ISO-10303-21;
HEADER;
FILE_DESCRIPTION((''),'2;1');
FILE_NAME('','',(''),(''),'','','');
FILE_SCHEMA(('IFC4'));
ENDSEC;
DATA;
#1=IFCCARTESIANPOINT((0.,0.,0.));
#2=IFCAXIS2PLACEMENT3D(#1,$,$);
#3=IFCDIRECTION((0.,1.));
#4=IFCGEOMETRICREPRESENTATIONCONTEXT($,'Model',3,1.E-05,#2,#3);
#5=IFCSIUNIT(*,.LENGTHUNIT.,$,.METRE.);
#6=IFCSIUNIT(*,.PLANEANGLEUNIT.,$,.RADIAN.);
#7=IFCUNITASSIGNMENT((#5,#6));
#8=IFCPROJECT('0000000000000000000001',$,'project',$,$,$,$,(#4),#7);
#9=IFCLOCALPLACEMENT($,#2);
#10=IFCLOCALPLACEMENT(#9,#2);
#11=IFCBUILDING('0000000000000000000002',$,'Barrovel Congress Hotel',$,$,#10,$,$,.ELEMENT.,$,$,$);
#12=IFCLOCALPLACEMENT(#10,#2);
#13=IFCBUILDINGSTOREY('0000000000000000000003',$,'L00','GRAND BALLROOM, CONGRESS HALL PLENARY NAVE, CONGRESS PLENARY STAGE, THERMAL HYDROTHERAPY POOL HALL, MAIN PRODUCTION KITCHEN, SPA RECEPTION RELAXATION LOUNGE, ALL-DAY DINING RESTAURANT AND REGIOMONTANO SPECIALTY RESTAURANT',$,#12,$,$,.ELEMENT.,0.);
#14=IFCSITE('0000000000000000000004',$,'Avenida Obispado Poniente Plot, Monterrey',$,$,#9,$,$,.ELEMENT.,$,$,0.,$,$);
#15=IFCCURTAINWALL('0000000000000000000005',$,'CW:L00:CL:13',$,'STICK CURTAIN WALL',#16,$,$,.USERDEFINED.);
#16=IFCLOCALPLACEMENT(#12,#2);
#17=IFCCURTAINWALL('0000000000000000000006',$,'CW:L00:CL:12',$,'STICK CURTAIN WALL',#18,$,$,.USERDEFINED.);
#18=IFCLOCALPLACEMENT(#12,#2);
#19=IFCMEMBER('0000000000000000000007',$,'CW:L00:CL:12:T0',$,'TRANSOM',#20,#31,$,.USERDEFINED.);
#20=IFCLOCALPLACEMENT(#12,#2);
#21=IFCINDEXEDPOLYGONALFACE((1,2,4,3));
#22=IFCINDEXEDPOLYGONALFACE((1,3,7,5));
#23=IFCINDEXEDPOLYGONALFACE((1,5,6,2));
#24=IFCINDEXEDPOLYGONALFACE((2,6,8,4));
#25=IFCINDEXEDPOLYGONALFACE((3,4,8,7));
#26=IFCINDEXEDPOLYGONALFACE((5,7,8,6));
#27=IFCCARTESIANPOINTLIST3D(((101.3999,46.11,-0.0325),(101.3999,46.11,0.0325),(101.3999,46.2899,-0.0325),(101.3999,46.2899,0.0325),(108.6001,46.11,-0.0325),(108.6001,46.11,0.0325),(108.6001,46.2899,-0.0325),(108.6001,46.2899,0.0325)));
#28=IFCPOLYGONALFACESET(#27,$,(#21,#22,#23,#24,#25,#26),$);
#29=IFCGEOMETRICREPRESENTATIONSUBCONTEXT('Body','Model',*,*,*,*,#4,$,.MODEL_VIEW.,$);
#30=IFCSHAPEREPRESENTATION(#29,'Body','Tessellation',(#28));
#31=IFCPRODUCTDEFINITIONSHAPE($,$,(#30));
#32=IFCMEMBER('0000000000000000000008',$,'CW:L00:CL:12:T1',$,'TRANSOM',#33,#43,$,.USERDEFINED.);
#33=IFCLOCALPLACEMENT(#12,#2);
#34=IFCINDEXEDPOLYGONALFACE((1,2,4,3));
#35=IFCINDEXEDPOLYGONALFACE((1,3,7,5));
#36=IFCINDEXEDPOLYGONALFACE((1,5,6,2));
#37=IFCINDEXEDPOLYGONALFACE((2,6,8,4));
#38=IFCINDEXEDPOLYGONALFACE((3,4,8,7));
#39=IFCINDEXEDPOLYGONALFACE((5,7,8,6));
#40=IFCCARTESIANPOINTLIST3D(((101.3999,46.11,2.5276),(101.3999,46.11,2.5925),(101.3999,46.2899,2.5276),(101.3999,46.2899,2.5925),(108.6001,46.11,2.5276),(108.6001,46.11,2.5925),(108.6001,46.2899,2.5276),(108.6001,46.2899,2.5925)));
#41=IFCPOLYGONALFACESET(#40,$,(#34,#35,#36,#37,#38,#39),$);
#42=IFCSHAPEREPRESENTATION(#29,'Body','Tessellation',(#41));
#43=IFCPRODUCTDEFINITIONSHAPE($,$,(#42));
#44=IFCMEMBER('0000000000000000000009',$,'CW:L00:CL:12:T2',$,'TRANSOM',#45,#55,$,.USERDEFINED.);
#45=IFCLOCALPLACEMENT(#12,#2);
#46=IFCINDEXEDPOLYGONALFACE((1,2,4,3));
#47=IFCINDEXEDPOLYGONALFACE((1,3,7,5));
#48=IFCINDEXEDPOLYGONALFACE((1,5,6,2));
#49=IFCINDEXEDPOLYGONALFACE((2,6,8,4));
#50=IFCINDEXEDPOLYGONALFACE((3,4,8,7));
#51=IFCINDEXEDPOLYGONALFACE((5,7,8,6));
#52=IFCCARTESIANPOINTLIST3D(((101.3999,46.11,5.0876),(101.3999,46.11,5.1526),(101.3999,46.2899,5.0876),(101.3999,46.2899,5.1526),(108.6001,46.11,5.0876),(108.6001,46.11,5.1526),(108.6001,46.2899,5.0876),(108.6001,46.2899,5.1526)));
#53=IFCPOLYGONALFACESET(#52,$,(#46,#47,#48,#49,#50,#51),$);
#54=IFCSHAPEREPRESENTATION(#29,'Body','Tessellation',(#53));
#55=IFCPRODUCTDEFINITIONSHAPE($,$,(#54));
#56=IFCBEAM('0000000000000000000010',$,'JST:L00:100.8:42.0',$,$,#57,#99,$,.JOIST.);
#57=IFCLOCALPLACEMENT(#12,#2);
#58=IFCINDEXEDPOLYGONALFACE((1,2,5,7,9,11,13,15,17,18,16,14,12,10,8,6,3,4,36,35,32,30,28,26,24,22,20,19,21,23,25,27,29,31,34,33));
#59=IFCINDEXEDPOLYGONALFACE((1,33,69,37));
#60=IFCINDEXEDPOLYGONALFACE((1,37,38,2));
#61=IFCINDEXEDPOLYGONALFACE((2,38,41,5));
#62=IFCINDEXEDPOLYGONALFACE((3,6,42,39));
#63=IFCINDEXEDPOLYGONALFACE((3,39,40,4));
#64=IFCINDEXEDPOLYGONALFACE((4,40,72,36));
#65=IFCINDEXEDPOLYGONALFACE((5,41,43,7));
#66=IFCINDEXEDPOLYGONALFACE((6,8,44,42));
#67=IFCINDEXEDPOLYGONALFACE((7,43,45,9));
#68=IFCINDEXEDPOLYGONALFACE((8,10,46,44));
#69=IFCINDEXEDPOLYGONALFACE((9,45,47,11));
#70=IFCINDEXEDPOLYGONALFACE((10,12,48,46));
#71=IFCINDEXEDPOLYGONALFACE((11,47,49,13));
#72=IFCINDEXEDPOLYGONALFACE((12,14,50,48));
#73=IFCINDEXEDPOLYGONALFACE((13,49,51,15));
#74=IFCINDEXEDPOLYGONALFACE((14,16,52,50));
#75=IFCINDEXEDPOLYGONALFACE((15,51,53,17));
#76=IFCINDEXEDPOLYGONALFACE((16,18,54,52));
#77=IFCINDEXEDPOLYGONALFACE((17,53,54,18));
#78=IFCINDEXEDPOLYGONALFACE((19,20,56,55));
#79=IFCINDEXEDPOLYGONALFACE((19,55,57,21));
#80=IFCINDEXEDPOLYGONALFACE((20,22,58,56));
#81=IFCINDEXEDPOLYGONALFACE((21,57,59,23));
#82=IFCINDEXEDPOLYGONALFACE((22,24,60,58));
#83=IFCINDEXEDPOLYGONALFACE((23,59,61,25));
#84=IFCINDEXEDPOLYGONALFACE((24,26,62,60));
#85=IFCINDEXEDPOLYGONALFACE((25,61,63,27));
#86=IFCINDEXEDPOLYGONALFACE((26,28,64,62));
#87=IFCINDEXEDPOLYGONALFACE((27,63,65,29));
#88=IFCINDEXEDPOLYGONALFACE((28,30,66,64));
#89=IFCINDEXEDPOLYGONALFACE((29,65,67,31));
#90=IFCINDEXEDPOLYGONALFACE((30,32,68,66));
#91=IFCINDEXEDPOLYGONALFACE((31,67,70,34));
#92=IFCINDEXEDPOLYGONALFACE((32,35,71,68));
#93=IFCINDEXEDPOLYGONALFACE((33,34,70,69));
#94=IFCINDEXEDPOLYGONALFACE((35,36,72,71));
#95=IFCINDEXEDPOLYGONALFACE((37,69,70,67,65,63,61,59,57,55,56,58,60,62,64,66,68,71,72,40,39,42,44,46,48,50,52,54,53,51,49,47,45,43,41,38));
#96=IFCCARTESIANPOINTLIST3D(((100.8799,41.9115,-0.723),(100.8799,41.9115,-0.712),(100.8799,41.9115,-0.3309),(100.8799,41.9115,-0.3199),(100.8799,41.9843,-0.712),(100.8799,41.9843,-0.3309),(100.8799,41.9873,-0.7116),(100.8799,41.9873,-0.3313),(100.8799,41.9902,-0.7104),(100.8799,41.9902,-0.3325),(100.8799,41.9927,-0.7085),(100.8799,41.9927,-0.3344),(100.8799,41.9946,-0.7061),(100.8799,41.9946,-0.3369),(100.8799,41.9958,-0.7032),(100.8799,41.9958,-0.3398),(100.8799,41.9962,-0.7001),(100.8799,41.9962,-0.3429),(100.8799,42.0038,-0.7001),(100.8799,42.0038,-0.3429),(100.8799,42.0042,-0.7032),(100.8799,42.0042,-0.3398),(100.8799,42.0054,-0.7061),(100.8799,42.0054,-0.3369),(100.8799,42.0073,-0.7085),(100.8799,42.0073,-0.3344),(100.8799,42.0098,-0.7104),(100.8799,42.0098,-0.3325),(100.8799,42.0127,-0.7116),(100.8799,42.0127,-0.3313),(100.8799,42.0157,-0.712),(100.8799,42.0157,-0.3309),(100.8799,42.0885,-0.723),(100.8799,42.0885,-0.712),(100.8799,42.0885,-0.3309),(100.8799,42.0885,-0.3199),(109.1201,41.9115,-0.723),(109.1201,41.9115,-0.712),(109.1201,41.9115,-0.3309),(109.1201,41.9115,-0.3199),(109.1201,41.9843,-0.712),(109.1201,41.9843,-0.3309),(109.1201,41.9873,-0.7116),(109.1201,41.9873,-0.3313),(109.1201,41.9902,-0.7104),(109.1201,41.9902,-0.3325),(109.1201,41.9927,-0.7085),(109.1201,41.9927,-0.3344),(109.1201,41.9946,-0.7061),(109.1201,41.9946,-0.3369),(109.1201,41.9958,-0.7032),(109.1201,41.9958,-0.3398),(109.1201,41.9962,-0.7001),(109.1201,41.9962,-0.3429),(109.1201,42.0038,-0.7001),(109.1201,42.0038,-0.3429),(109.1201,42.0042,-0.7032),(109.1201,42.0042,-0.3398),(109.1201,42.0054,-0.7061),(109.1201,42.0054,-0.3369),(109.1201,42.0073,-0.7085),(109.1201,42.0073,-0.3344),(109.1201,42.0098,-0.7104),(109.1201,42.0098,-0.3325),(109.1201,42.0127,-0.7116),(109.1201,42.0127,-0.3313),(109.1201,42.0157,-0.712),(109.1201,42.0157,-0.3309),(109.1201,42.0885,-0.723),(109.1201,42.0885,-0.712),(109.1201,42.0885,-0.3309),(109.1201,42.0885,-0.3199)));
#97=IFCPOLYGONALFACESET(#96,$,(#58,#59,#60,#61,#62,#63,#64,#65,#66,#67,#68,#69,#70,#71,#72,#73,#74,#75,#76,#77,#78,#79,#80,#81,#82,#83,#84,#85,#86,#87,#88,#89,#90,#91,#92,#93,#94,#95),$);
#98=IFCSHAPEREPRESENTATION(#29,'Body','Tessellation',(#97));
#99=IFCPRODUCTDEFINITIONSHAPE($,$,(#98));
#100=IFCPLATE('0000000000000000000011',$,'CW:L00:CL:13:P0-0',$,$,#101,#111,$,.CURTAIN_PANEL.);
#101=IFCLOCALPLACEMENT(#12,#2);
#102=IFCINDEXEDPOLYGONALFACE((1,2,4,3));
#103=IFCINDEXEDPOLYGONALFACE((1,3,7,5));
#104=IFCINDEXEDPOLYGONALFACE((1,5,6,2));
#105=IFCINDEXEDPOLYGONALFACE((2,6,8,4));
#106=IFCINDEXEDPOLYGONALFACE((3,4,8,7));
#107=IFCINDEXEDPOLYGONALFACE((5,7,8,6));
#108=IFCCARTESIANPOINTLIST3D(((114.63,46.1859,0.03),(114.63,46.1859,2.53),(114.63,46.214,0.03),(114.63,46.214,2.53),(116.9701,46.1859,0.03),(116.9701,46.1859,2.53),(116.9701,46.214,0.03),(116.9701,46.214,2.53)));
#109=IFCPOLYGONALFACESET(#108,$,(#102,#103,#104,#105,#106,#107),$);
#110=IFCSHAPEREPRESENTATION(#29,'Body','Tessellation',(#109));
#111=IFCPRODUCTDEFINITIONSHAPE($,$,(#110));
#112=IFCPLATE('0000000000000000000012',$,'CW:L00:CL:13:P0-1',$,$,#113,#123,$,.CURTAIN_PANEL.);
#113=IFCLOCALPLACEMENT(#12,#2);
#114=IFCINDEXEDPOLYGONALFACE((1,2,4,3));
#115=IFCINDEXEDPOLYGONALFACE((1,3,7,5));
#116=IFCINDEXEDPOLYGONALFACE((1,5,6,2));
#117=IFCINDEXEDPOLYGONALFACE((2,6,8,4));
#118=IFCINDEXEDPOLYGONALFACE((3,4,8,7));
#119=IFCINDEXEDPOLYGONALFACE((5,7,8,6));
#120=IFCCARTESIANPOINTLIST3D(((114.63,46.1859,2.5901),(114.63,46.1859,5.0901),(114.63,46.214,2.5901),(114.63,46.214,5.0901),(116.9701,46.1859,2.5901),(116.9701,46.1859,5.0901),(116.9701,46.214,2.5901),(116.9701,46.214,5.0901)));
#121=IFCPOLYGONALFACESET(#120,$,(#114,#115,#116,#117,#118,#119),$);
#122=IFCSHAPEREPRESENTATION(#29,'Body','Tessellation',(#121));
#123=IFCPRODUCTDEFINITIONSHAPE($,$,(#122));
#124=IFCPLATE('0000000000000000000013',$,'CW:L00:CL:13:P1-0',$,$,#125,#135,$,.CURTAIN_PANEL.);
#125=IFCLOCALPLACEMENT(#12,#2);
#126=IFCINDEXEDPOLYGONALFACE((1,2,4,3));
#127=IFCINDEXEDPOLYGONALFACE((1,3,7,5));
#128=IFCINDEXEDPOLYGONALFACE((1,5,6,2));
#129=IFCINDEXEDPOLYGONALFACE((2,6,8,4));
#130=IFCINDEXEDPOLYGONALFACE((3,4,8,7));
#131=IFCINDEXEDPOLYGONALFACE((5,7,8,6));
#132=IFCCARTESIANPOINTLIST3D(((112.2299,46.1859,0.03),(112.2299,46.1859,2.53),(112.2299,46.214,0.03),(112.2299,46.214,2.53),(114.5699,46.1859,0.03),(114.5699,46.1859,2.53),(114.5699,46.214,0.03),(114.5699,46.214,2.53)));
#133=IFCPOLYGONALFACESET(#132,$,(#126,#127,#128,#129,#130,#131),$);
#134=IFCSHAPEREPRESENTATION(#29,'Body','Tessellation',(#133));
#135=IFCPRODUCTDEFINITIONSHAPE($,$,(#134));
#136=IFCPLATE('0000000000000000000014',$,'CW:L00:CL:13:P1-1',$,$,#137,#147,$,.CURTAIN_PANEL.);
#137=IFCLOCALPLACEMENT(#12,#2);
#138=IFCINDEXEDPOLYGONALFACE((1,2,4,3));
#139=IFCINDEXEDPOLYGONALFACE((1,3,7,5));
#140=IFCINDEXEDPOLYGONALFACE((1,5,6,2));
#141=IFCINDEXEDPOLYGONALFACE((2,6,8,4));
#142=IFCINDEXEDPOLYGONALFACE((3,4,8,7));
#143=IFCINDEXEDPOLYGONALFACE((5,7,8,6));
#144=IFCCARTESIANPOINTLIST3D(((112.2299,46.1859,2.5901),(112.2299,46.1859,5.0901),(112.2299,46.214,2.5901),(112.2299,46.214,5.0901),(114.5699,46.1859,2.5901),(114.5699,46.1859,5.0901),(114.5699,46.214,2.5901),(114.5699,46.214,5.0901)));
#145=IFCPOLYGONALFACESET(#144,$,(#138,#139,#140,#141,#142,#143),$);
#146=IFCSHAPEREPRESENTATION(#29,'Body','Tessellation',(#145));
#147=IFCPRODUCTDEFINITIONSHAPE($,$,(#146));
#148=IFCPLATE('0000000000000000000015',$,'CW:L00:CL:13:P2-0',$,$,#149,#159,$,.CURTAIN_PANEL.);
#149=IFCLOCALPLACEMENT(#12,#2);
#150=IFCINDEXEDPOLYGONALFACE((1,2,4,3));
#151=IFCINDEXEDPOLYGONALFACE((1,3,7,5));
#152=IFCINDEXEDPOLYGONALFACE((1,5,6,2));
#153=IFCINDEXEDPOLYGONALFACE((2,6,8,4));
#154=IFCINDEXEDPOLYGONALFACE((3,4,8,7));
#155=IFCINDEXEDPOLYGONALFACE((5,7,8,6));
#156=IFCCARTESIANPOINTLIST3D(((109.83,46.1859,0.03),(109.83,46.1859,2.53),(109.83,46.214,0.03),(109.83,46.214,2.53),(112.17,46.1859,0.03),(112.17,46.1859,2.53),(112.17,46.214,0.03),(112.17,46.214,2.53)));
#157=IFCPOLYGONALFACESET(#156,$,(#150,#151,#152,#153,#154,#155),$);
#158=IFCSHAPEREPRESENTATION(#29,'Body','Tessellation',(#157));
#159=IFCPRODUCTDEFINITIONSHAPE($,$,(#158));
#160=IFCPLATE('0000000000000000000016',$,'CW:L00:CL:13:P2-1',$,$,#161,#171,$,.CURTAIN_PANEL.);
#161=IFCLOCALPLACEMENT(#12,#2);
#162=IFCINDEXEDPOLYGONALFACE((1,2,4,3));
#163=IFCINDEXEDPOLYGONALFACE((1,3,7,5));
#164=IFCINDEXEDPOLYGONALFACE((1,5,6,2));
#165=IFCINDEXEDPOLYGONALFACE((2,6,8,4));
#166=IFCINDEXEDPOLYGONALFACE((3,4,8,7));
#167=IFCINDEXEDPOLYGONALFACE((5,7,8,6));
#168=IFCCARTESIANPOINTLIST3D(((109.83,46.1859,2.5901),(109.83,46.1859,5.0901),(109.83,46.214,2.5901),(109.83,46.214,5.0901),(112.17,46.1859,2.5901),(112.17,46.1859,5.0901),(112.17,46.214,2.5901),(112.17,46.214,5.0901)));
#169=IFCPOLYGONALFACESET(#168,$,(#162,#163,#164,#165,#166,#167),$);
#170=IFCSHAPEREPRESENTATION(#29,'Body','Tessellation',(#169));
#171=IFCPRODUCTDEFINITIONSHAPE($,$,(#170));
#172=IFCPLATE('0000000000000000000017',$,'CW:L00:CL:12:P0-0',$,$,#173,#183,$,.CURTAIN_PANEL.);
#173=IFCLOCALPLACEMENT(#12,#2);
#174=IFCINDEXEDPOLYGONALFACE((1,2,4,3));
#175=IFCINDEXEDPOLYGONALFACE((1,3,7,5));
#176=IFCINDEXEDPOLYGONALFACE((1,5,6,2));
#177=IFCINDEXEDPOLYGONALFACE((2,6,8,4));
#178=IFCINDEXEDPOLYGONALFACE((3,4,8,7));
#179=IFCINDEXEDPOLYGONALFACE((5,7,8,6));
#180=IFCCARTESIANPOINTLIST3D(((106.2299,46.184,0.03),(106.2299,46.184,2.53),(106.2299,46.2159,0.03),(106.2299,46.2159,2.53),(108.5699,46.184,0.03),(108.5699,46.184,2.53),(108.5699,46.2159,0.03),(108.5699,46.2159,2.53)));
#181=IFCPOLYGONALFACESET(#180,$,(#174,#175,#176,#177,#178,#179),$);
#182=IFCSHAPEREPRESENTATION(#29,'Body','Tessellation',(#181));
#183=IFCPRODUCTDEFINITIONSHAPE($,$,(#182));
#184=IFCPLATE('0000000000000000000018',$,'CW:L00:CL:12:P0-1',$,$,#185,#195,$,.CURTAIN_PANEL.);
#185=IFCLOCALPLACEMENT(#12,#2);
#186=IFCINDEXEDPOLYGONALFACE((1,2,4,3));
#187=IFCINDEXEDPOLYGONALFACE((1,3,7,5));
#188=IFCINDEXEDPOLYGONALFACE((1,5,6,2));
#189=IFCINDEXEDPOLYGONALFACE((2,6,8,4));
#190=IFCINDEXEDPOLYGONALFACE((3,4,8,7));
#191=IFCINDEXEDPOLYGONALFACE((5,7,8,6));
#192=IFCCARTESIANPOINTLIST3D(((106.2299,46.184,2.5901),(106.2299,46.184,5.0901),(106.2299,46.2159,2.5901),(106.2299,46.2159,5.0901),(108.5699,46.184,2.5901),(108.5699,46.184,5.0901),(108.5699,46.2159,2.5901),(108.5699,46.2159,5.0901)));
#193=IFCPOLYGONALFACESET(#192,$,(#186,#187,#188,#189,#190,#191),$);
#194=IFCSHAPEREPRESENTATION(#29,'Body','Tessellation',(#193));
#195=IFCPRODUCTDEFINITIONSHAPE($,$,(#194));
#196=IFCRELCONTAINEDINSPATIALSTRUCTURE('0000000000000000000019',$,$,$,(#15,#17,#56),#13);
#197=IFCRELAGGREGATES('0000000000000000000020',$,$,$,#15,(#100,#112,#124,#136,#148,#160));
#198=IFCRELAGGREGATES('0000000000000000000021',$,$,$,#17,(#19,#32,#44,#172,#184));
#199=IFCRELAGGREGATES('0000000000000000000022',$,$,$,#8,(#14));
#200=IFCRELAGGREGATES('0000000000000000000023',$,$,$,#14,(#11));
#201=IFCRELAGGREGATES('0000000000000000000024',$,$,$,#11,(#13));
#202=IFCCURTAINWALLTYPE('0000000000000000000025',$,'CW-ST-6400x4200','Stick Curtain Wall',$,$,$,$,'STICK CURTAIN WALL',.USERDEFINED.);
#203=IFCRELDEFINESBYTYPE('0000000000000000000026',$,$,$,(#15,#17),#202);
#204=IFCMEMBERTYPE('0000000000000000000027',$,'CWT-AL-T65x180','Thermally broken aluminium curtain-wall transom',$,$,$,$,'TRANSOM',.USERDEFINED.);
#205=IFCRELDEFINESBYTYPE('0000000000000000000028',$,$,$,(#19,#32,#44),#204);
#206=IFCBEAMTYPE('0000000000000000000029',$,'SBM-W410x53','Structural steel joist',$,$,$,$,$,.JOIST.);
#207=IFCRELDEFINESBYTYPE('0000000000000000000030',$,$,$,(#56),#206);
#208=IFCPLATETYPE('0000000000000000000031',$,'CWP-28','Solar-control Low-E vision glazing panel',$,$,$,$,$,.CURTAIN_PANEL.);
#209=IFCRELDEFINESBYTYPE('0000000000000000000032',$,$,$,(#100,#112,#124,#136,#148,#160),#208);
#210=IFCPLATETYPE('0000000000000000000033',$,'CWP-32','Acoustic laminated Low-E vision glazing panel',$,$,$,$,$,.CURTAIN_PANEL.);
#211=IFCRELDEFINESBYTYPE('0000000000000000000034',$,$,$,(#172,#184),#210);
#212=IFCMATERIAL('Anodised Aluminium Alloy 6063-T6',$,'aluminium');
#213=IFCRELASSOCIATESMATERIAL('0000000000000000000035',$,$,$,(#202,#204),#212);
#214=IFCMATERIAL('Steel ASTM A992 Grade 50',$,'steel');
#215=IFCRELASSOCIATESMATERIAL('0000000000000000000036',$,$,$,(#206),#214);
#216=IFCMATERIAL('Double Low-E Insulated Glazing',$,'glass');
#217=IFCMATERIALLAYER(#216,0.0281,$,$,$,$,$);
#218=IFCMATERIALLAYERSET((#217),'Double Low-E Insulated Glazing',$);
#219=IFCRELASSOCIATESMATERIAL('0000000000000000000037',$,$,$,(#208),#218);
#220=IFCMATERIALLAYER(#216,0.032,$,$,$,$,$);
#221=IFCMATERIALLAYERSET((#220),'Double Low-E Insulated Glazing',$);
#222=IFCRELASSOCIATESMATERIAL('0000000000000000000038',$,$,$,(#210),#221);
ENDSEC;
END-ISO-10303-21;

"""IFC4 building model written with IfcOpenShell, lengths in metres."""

from ifc_helpers import new_model, si_unit, direction, frame, origin, origin_2d, place, context, subcontext, project, spatial, rectangle, i_section, extrude, material, layer, layer_set, material_profile, profile_set, type_object, element, aggregate, save


model = new_model("IFC4")

# Units and contexts
model_context = context("Model", 3, precision=1e-05, world=origin(), true_north=direction((0.0, 1.0)))
body_context = subcontext(model_context, "Body", "Model", "MODEL_VIEW")
ifc_project = project(units=[si_unit("LENGTHUNIT", "METRE"), si_unit("PLANEANGLEUNIT", "RADIAN")], contexts=[model_context])

# Site, building, storey
site_placement = place(None, origin())
site = spatial("IfcSite", under=ifc_project, at=site_placement, Name="Avenida Obispado Poniente Plot, Monterrey", CompositionType="ELEMENT", RefElevation=0.0)
building_placement = place(site_placement, origin())
building = spatial("IfcBuilding", under=site, at=building_placement, Name="Barrovel Congress Hotel", CompositionType="ELEMENT")
storey_placement = place(building_placement, origin())
storey = spatial("IfcBuildingStorey", under=building, at=storey_placement, Name="L00", Description="GRAND BALLROOM, CONGRESS HALL PLENARY NAVE, CONGRESS PLENARY STAGE, THERMAL HYDROTHERAPY POOL HALL, MAIN PRODUCTION KITCHEN, SPA RECEPTION RELAXATION LOUNGE, ALL-DAY DINING RESTAURANT AND REGIOMONTANO SPECIALTY RESTAURANT", CompositionType="ELEMENT", Elevation=0.0)

# Curtain walls
ifc_material_1 = material(Name="Anodised Aluminium Alloy 6063-T6", Category="aluminium")
curtain_wall_type = type_object("IfcCurtainWallType", Name="CW-ST-6400x4200", Description="Stick Curtain Wall", ElementType="STICK CURTAIN WALL", PredefinedType="USERDEFINED", material=ifc_material_1)
curtain_wall_1_placement = place(storey_placement, origin())
curtain_wall_1 = element("IfcCurtainWall", 1, at=curtain_wall_1_placement, inside=storey, type_object=curtain_wall_type, Name="CW:L00:CL:13", ObjectType="STICK CURTAIN WALL", PredefinedType="USERDEFINED")
curtain_wall_2_placement = place(storey_placement, origin())
curtain_wall_2 = element("IfcCurtainWall", 2, at=curtain_wall_2_placement, inside=storey, type_object=curtain_wall_type, Name="CW:L00:CL:12", ObjectType="STICK CURTAIN WALL", PredefinedType="USERDEFINED")

# Members
ifc_material_profile_1 = material_profile(ifc_material_1, rectangle(XDim=0.1799, YDim=0.0649, at=origin_2d()), Name="AL-T65x180")
ifc_profile_set_1 = profile_set([ifc_material_profile_1], Name="Anodised Aluminium Alloy 6063-T6")
member_type_1 = type_object("IfcMemberType", Name="CWT-AL-T65x180", Description="Thermally broken aluminium curtain-wall transom", ElementType="TRANSOM", PredefinedType="USERDEFINED", material=ifc_profile_set_1)
member_1_placement = place(storey_placement, frame((108.6001, 46.2, 0.0), z_axis=(-1.0, 0.0, 0.0), x_axis=(0.0, -1.0, 0.0)))
member_1 = element("IfcMember", 3, at=member_1_placement, type_object=member_type_1, Name="CW:L00:CL:12:T0", ObjectType="TRANSOM", PredefinedType="USERDEFINED", context=body_context, shape_type="SweptSolid", body=[
    extrude(rectangle(XDim=0.1799, YDim=0.0649, at=origin_2d()), origin(), (0.0, 0.0, 1.0), 7.2002),
])
member_2_placement = place(storey_placement, frame((108.6001, 46.2, 2.5601), z_axis=(-1.0, 0.0, 0.0), x_axis=(0.0, -1.0, 0.0)))
member_2 = element("IfcMember", 4, at=member_2_placement, type_object=member_type_1, Name="CW:L00:CL:12:T1", ObjectType="TRANSOM", PredefinedType="USERDEFINED", context=body_context, shape_type="SweptSolid", body=[
    extrude(rectangle(XDim=0.1799, YDim=0.0649, at=origin_2d()), origin(), (0.0, 0.0, 1.0), 7.2002),
])
member_3_placement = place(storey_placement, frame((108.6001, 46.2, 5.1201), z_axis=(-1.0, 0.0, 0.0), x_axis=(0.0, -1.0, 0.0)))
member_3 = element("IfcMember", 5, at=member_3_placement, type_object=member_type_1, Name="CW:L00:CL:12:T2", ObjectType="TRANSOM", PredefinedType="USERDEFINED", context=body_context, shape_type="SweptSolid", body=[
    extrude(rectangle(XDim=0.1799, YDim=0.0649, at=origin_2d()), origin(), (0.0, 0.0, 1.0), 7.2002),
])

# Beam
ifc_material_2 = material(Name="Steel ASTM A992 Grade 50", Category="steel")
ifc_material_profile_2 = material_profile(ifc_material_2, i_section(OverallWidth=0.177, OverallDepth=0.4031, WebThickness=0.0076, FlangeThickness=0.011, FilletRadius=0.012, at=origin_2d()), Name="W410x53")
ifc_profile_set_2 = profile_set([ifc_material_profile_2], Name="Steel ASTM A992 Grade 50")
beam_type_1 = type_object("IfcBeamType", Name="SBM-W410x53", Description="Structural steel joist", PredefinedType="JOIST", material=ifc_profile_set_2)
beam_1_placement = place(storey_placement, frame((100.8799, 42.0, -0.5215), z_axis=(1.0, 0.0, 0.0), x_axis=(0.0, 1.0, 0.0)))
element("IfcBeam", 6, at=beam_1_placement, inside=storey, type_object=beam_type_1, Name="JST:L00:100.8:42.0", PredefinedType="JOIST", context=body_context, shape_type="SweptSolid", body=[
    extrude(i_section(OverallWidth=0.177, OverallDepth=0.4031, WebThickness=0.0076, FlangeThickness=0.011, FilletRadius=0.012, at=origin_2d()), origin(), (0.0, 0.0, 1.0), 8.2402),
])

# Plates
ifc_material_3 = material(Name="Double Low-E Insulated Glazing", Category="glass")
ifc_layer_1 = layer(ifc_material_3, 0.0281)
ifc_layer_set_1 = layer_set([ifc_layer_1], Name="Double Low-E Insulated Glazing")
plate_type_1 = type_object("IfcPlateType", Name="CWP-28", Description="Solar-control Low-E vision glazing panel", PredefinedType="CURTAIN_PANEL", material=ifc_layer_set_1)
plate_1_placement = place(storey_placement, frame((115.8, 46.2, 0.03), z_axis=(0.0, 0.0, 1.0), x_axis=(-1.0, 0.0, 0.0)))
plate_1 = element("IfcPlate", 7, at=plate_1_placement, type_object=plate_type_1, Name="CW:L00:CL:13:P0-0", PredefinedType="CURTAIN_PANEL", context=body_context, shape_type="SweptSolid", body=[
    extrude(rectangle(XDim=2.3401, YDim=0.0281, at=origin_2d()), origin(), (0.0, 0.0, 1.0), 2.5),
])
plate_2_placement = place(storey_placement, frame((115.8, 46.2, 2.5901), z_axis=(0.0, 0.0, 1.0), x_axis=(-1.0, 0.0, 0.0)))
plate_2 = element("IfcPlate", 8, at=plate_2_placement, type_object=plate_type_1, Name="CW:L00:CL:13:P0-1", PredefinedType="CURTAIN_PANEL", context=body_context, shape_type="SweptSolid", body=[
    extrude(rectangle(XDim=2.3401, YDim=0.0281, at=origin_2d()), origin(), (0.0, 0.0, 1.0), 2.5),
])
plate_3_placement = place(storey_placement, frame((113.3999, 46.2, 0.03), z_axis=(0.0, 0.0, 1.0), x_axis=(-1.0, 0.0, 0.0)))
plate_3 = element("IfcPlate", 9, at=plate_3_placement, type_object=plate_type_1, Name="CW:L00:CL:13:P1-0", PredefinedType="CURTAIN_PANEL", context=body_context, shape_type="SweptSolid", body=[
    extrude(rectangle(XDim=2.3401, YDim=0.0281, at=origin_2d()), origin(), (0.0, 0.0, 1.0), 2.5),
])
plate_4_placement = place(storey_placement, frame((113.3999, 46.2, 2.5901), z_axis=(0.0, 0.0, 1.0), x_axis=(-1.0, 0.0, 0.0)))
plate_4 = element("IfcPlate", 10, at=plate_4_placement, type_object=plate_type_1, Name="CW:L00:CL:13:P1-1", PredefinedType="CURTAIN_PANEL", context=body_context, shape_type="SweptSolid", body=[
    extrude(rectangle(XDim=2.3401, YDim=0.0281, at=origin_2d()), origin(), (0.0, 0.0, 1.0), 2.5),
])
plate_5_placement = place(storey_placement, frame((111.0, 46.2, 0.03), z_axis=(0.0, 0.0, 1.0), x_axis=(-1.0, 0.0, 0.0)))
plate_5 = element("IfcPlate", 11, at=plate_5_placement, type_object=plate_type_1, Name="CW:L00:CL:13:P2-0", PredefinedType="CURTAIN_PANEL", context=body_context, shape_type="SweptSolid", body=[
    extrude(rectangle(XDim=2.3401, YDim=0.0281, at=origin_2d()), origin(), (0.0, 0.0, 1.0), 2.5),
])
plate_6_placement = place(storey_placement, frame((111.0, 46.2, 2.5901), z_axis=(0.0, 0.0, 1.0), x_axis=(-1.0, 0.0, 0.0)))
plate_6 = element("IfcPlate", 12, at=plate_6_placement, type_object=plate_type_1, Name="CW:L00:CL:13:P2-1", PredefinedType="CURTAIN_PANEL", context=body_context, shape_type="SweptSolid", body=[
    extrude(rectangle(XDim=2.3401, YDim=0.0281, at=origin_2d()), origin(), (0.0, 0.0, 1.0), 2.5),
])
aggregate(curtain_wall_1, [plate_1, plate_2, plate_3, plate_4, plate_5, plate_6])
ifc_layer_2 = layer(ifc_material_3, 0.032)
ifc_layer_set_2 = layer_set([ifc_layer_2], Name="Double Low-E Insulated Glazing")
plate_type_2 = type_object("IfcPlateType", Name="CWP-32", Description="Acoustic laminated Low-E vision glazing panel", PredefinedType="CURTAIN_PANEL", material=ifc_layer_set_2)
plate_7_placement = place(storey_placement, frame((107.3999, 46.2, 0.03), z_axis=(0.0, 0.0, 1.0), x_axis=(-1.0, 0.0, 0.0)))
plate_7 = element("IfcPlate", 13, at=plate_7_placement, type_object=plate_type_2, Name="CW:L00:CL:12:P0-0", PredefinedType="CURTAIN_PANEL", context=body_context, shape_type="SweptSolid", body=[
    extrude(rectangle(XDim=2.3401, YDim=0.032, at=origin_2d()), origin(), (0.0, 0.0, 1.0), 2.5),
])
plate_8_placement = place(storey_placement, frame((107.3999, 46.2, 2.5901), z_axis=(0.0, 0.0, 1.0), x_axis=(-1.0, 0.0, 0.0)))
plate_8 = element("IfcPlate", 14, at=plate_8_placement, type_object=plate_type_2, Name="CW:L00:CL:12:P0-1", PredefinedType="CURTAIN_PANEL", context=body_context, shape_type="SweptSolid", body=[
    extrude(rectangle(XDim=2.3401, YDim=0.032, at=origin_2d()), origin(), (0.0, 0.0, 1.0), 2.5),
])
aggregate(curtain_wall_2, [member_1, member_2, member_3, plate_7, plate_8])

save(model, "model.ifc")
